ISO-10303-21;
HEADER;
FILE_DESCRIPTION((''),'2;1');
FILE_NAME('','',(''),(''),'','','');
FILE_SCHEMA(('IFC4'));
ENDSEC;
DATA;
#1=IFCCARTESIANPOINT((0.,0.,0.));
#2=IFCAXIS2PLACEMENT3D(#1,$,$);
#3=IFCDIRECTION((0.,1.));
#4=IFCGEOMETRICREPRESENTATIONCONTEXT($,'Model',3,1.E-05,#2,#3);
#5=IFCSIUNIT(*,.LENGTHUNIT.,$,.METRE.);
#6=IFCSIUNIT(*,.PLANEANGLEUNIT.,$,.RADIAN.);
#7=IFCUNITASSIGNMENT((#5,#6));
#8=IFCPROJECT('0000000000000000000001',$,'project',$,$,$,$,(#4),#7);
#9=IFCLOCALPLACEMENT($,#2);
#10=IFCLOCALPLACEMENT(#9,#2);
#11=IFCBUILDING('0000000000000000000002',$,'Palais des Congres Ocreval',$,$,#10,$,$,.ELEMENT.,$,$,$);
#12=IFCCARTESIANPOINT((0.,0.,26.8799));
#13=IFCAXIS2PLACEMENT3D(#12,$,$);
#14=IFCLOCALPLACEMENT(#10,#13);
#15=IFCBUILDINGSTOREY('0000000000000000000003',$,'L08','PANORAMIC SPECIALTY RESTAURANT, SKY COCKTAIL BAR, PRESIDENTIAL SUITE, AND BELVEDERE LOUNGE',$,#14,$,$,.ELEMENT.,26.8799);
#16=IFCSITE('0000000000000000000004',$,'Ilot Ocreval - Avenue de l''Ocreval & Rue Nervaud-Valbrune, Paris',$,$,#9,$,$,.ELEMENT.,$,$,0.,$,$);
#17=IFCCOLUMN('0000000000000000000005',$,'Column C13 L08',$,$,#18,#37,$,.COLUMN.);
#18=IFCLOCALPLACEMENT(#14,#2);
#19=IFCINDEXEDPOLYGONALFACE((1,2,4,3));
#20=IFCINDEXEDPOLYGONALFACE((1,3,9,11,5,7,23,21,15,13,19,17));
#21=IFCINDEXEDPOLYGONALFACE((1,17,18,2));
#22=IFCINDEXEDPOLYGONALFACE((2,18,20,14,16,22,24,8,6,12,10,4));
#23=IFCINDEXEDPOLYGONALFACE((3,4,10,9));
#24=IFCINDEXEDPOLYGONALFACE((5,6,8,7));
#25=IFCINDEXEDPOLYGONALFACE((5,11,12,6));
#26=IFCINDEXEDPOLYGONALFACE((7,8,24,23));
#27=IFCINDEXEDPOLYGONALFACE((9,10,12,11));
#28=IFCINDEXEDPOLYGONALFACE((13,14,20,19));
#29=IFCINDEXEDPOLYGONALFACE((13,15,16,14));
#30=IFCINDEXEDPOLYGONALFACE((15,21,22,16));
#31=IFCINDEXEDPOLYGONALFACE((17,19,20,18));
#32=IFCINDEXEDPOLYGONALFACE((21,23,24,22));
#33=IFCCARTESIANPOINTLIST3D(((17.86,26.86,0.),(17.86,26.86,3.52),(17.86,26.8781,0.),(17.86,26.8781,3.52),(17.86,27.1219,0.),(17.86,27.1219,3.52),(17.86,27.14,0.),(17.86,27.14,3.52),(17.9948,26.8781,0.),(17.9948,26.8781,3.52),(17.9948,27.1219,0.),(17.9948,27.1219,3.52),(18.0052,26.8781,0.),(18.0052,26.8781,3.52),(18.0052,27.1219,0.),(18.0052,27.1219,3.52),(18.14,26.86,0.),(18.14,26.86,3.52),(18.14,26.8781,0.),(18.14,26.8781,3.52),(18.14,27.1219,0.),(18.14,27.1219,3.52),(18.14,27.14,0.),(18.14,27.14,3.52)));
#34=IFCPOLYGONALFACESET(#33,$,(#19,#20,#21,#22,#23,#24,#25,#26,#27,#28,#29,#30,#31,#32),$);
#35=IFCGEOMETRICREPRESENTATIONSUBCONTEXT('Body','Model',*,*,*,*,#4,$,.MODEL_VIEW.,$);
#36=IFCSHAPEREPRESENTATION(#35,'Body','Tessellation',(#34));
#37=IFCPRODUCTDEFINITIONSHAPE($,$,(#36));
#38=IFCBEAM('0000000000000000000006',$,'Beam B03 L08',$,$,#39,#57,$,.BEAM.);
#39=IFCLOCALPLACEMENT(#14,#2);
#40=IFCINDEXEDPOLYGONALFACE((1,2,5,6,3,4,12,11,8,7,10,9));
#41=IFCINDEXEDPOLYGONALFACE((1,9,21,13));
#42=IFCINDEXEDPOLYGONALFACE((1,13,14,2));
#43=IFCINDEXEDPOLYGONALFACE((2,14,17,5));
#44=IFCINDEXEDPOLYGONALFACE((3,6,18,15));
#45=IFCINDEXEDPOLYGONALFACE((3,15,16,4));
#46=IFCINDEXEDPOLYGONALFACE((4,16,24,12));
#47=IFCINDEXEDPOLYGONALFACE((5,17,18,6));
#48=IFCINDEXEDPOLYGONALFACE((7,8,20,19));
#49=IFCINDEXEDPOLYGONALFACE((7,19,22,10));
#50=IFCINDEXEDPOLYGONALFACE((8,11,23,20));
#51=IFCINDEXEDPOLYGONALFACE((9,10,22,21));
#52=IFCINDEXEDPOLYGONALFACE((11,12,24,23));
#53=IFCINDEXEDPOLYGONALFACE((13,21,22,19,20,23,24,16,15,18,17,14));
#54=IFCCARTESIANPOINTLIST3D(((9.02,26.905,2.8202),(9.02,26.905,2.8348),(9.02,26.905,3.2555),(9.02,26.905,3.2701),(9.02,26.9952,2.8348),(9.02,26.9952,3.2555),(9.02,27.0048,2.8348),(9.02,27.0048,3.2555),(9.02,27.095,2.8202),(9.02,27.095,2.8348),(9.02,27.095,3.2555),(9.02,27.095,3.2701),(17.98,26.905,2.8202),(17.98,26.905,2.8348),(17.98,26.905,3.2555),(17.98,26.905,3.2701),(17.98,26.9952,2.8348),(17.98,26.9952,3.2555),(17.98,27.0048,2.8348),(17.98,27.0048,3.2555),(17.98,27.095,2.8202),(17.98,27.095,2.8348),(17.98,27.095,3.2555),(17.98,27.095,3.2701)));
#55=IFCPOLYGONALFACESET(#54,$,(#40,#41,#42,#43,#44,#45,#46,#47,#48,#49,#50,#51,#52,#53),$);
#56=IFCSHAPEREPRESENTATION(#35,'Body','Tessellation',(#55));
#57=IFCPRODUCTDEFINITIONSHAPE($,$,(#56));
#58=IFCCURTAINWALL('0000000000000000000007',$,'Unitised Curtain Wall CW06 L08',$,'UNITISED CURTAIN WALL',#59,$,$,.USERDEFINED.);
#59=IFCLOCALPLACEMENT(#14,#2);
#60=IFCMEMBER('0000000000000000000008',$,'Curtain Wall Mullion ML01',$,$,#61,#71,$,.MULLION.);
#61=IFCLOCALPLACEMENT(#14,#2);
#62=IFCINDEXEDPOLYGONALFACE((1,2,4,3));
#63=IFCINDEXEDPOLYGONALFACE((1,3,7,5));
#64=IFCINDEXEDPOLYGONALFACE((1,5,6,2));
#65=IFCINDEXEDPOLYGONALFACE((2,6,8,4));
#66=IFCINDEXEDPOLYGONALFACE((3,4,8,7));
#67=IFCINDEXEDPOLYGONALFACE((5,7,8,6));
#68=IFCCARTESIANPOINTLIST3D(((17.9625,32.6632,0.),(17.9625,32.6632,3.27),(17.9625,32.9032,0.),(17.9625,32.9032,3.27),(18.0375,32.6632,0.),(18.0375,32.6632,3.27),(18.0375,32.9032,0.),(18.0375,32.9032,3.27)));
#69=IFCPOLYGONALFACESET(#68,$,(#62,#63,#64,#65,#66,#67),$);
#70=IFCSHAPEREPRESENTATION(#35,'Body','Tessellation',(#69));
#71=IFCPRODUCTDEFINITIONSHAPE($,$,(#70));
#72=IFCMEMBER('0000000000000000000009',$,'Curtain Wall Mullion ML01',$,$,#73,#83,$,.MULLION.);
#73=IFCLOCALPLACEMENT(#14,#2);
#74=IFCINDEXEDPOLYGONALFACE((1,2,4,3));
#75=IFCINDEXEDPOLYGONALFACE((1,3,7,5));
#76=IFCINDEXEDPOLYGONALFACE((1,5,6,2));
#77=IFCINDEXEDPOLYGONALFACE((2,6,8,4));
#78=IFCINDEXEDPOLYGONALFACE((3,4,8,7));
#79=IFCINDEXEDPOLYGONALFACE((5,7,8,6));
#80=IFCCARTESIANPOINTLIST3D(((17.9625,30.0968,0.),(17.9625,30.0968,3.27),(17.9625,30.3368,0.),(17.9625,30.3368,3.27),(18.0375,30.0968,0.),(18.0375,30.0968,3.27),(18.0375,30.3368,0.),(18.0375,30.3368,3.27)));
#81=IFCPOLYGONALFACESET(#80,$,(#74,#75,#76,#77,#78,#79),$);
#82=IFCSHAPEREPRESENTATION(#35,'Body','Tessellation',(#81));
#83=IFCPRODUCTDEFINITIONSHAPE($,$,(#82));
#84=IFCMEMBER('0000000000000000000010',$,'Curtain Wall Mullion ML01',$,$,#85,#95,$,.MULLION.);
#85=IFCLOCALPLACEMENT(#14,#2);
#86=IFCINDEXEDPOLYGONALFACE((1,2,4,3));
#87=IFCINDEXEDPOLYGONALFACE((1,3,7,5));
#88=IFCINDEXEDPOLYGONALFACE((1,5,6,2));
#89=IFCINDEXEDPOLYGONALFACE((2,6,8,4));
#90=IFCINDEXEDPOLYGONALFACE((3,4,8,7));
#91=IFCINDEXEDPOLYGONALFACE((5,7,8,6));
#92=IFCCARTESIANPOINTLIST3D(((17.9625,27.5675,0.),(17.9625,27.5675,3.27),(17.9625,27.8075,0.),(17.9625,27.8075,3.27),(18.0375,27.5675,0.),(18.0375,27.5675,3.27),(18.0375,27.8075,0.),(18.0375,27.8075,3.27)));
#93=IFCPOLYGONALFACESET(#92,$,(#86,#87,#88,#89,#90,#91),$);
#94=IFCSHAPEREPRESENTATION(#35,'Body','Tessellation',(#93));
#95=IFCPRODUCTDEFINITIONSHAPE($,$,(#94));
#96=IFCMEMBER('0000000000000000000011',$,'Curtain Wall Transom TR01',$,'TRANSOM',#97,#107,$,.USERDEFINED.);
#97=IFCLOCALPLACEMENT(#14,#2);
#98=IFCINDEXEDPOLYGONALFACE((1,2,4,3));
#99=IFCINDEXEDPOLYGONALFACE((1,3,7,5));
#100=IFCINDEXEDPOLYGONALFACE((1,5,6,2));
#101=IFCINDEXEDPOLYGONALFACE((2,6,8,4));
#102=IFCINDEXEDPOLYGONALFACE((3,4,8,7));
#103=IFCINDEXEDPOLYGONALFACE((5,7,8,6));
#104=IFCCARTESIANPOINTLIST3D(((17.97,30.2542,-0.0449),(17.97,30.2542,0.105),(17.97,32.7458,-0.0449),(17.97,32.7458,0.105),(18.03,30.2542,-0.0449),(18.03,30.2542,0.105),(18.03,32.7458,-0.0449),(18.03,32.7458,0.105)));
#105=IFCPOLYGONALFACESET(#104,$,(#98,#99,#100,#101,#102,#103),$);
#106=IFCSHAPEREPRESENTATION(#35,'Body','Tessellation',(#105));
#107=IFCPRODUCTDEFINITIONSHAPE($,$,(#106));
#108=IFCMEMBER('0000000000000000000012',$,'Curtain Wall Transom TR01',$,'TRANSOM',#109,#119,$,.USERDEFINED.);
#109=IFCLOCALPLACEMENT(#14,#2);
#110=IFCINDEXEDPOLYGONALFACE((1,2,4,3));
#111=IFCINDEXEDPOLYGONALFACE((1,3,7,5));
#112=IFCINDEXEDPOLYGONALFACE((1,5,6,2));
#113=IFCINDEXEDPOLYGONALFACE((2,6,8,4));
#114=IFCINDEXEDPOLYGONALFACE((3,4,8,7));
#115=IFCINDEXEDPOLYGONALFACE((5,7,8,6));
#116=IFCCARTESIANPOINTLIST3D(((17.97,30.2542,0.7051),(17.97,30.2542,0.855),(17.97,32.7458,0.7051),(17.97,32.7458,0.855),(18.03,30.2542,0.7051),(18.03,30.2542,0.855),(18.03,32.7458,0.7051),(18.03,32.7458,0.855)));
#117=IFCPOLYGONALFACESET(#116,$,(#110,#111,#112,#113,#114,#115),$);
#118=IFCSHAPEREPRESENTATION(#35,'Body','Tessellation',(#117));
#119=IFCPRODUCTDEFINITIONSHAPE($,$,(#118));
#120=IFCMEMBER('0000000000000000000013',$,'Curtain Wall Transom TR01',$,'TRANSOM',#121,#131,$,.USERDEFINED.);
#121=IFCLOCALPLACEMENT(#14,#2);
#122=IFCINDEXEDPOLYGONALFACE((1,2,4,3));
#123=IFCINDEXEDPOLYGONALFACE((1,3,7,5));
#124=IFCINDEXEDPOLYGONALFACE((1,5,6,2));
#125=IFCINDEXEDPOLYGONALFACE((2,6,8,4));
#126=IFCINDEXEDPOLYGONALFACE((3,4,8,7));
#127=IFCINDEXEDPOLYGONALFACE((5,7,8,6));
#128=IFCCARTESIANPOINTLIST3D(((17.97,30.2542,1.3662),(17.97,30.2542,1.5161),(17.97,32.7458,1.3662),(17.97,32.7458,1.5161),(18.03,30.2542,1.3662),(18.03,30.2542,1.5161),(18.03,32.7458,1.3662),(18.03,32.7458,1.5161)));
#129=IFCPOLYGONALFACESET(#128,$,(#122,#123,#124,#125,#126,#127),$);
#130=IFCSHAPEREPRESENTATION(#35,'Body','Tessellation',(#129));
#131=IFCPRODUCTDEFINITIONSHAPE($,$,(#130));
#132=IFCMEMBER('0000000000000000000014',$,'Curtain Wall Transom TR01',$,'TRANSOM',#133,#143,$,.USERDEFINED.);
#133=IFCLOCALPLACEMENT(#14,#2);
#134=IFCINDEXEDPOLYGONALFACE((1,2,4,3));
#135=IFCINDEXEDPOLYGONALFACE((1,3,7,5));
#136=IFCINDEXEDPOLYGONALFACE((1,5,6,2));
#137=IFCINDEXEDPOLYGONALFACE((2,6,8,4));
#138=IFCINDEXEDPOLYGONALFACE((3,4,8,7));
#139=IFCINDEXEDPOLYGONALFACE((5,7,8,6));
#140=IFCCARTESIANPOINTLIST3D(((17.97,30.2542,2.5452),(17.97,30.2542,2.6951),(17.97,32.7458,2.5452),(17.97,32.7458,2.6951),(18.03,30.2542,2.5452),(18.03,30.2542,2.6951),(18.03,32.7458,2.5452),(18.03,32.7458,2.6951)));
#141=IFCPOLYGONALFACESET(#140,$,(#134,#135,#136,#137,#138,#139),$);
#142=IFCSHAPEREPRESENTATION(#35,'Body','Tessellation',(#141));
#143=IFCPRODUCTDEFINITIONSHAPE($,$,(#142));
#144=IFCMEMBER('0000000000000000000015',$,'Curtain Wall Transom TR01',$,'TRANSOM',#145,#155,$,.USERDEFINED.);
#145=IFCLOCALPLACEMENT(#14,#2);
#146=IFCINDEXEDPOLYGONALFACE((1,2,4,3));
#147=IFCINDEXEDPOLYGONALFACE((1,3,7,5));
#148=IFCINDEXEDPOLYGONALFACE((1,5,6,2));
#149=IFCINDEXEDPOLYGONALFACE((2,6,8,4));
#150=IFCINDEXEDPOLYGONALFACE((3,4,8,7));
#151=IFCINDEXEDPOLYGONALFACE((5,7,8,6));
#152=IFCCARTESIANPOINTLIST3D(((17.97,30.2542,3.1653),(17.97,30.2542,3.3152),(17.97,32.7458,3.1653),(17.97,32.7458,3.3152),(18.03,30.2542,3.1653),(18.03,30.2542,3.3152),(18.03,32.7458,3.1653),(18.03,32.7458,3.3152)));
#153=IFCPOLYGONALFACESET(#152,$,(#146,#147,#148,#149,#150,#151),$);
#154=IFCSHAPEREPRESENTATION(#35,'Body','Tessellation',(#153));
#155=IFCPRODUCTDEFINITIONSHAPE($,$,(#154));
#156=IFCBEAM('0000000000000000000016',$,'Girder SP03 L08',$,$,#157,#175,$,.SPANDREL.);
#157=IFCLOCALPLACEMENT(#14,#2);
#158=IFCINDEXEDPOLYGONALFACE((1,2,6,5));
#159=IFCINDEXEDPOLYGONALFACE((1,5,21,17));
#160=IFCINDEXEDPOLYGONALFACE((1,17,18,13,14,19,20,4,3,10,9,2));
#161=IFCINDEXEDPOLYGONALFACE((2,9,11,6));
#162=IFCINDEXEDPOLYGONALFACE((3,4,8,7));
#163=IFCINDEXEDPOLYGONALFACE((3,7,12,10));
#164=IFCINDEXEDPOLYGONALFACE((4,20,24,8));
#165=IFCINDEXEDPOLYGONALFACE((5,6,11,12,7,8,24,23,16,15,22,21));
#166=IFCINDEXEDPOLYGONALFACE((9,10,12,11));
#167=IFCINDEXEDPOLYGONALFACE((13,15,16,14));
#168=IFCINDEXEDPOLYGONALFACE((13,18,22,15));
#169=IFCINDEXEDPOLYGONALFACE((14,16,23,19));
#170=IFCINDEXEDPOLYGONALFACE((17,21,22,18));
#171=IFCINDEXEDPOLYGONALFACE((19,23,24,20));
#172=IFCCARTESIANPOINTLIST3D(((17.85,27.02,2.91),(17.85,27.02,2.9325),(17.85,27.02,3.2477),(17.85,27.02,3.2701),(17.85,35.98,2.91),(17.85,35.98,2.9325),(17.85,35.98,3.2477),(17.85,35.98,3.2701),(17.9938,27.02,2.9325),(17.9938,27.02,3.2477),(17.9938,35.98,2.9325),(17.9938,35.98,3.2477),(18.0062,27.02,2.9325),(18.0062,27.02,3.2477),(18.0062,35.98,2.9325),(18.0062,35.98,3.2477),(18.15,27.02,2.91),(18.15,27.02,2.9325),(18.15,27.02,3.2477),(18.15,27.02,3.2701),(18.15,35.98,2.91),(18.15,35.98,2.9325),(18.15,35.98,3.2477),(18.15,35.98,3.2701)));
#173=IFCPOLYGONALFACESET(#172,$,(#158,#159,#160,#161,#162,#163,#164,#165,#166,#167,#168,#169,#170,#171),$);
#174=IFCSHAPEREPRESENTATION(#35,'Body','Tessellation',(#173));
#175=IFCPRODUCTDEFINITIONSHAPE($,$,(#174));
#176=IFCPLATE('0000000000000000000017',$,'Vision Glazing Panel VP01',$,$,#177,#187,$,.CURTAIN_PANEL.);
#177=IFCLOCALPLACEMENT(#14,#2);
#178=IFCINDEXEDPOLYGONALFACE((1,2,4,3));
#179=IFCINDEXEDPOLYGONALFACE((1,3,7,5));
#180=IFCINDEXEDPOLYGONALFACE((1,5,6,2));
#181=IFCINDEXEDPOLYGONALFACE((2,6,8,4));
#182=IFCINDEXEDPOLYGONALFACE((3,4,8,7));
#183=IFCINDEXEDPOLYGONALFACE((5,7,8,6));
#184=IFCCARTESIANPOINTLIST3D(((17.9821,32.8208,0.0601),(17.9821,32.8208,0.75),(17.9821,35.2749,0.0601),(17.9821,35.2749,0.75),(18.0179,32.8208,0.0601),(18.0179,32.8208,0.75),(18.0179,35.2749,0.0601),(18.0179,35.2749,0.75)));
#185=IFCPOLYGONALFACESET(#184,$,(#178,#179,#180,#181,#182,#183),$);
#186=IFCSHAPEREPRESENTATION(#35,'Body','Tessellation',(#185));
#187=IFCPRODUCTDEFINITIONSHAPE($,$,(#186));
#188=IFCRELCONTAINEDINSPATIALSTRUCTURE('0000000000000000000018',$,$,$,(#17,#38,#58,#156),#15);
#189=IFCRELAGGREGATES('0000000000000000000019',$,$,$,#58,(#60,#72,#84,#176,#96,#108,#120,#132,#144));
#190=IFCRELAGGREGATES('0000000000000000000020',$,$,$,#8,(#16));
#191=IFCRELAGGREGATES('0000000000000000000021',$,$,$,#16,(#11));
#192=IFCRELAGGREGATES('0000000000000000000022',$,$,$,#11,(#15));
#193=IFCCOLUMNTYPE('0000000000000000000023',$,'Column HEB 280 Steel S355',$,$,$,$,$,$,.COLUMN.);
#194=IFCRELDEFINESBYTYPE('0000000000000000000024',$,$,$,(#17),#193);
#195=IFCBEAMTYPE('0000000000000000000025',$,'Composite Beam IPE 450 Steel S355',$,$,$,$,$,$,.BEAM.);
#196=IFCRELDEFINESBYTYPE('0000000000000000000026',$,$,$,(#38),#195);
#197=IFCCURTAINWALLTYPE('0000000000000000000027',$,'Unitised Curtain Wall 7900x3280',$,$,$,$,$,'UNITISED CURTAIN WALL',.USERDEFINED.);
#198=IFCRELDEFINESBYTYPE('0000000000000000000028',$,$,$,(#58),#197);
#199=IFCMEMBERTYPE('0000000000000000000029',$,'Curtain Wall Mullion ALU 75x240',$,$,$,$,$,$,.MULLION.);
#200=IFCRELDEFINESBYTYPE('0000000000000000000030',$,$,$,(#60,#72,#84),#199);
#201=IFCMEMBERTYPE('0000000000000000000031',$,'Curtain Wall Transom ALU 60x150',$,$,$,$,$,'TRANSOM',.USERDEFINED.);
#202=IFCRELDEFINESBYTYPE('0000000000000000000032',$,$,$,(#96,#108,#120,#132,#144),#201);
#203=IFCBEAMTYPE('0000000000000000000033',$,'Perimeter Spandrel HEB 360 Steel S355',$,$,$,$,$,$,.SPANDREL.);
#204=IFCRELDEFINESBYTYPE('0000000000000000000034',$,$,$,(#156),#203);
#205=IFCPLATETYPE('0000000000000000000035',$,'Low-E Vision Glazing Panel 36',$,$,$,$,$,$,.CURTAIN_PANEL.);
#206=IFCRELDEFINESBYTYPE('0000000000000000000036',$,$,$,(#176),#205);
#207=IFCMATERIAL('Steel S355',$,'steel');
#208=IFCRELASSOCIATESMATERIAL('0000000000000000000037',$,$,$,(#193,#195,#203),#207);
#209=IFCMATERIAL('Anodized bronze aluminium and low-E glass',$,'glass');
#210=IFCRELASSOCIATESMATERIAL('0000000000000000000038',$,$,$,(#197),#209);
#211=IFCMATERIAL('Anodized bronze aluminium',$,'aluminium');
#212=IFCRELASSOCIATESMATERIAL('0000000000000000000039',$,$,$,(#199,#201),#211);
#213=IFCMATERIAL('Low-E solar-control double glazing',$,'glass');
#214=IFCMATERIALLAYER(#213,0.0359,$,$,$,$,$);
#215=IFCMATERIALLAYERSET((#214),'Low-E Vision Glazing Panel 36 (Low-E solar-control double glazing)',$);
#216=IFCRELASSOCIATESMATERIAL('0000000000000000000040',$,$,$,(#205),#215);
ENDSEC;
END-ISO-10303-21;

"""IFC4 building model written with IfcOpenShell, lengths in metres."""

from ifc_helpers import new_model, si_unit, direction, frame, origin, origin_2d, place, context, subcontext, project, spatial, rectangle, i_section, extrude, material, layer, layer_set, material_profile, profile_set, type_object, element, aggregate, save


model = new_model("IFC4")

# Units and contexts
model_context = context("Model", 3, precision=1e-05, world=origin(), true_north=direction((0.0, 1.0)))
body_context = subcontext(model_context, "Body", "Model", "MODEL_VIEW")
ifc_project = project(units=[si_unit("LENGTHUNIT", "METRE"), si_unit("PLANEANGLEUNIT", "RADIAN")], contexts=[model_context])

# Site, building, storey
site_placement = place(None, origin())
site = spatial("IfcSite", under=ifc_project, at=site_placement, Name="Ilot Ocreval - Avenue de l'Ocreval & Rue Nervaud-Valbrune, Paris", CompositionType="ELEMENT", RefElevation=0.0)
building_placement = place(site_placement, origin())
building = spatial("IfcBuilding", under=site, at=building_placement, Name="Palais des Congres Ocreval", CompositionType="ELEMENT")
storey_placement = place(building_placement, frame((0.0, 0.0, 26.8799)))
storey = spatial("IfcBuildingStorey", under=building, at=storey_placement, Name="L08", Description="PANORAMIC SPECIALTY RESTAURANT, SKY COCKTAIL BAR, PRESIDENTIAL SUITE, AND BELVEDERE LOUNGE", CompositionType="ELEMENT", Elevation=26.8799)

# Column
ifc_material_1 = material(Name="Steel S355", Category="steel")
ifc_material_profile_1 = material_profile(ifc_material_1, i_section(OverallWidth=0.28, OverallDepth=0.28, WebThickness=0.0105, FlangeThickness=0.0181, at=origin_2d()), Name="HEB 280")
ifc_profile_set_1 = profile_set([ifc_material_profile_1], Name="Steel S355")
column_type = type_object("IfcColumnType", Name="Column HEB 280 Steel S355", PredefinedType="COLUMN", material=ifc_profile_set_1)
column_placement = place(storey_placement, frame((18.0, 27.0, 0.0), z_axis=(0.0, 0.0, 1.0), x_axis=(1.0, 0.0, 0.0)))
element("IfcColumn", 1, at=column_placement, inside=storey, type_object=column_type, Name="Column C13 L08", PredefinedType="COLUMN", context=body_context, shape_type="SweptSolid", body=[
    extrude(i_section(OverallWidth=0.28, OverallDepth=0.28, WebThickness=0.0105, FlangeThickness=0.0181, at=origin_2d()), origin(), (0.0, 0.0, 1.0), 3.52),
])

# Beam
ifc_material_profile_2 = material_profile(ifc_material_1, i_section(OverallWidth=0.1899, OverallDepth=0.45, WebThickness=0.0095, FlangeThickness=0.0146, at=origin_2d()), Name="IPE 450")
ifc_profile_set_2 = profile_set([ifc_material_profile_2], Name="Steel S355")
beam_type_1 = type_object("IfcBeamType", Name="Composite Beam IPE 450 Steel S355", PredefinedType="BEAM", material=ifc_profile_set_2)
beam_1_placement = place(storey_placement, frame((9.02, 27.0, 3.0452), z_axis=(1.0, 0.0, 0.0), x_axis=(0.0, 1.0, 0.0)))
element("IfcBeam", 2, at=beam_1_placement, inside=storey, type_object=beam_type_1, Name="Beam B03 L08", PredefinedType="BEAM", context=body_context, shape_type="SweptSolid", body=[
    extrude(i_section(OverallWidth=0.1899, OverallDepth=0.45, WebThickness=0.0095, FlangeThickness=0.0146, at=origin_2d()), origin(), (0.0, 0.0, 1.0), 8.96),
])

# Curtain wall, members
ifc_material_2 = material(Name="Anodized bronze aluminium and low-E glass", Category="glass")
curtain_wall_type = type_object("IfcCurtainWallType", Name="Unitised Curtain Wall 7900x3280", ElementType="UNITISED CURTAIN WALL", PredefinedType="USERDEFINED", material=ifc_material_2)
curtain_wall_placement = place(storey_placement, origin())
curtain_wall = element("IfcCurtainWall", 3, at=curtain_wall_placement, inside=storey, type_object=curtain_wall_type, Name="Unitised Curtain Wall CW06 L08", ObjectType="UNITISED CURTAIN WALL", PredefinedType="USERDEFINED")
ifc_material_3 = material(Name="Anodized bronze aluminium", Category="aluminium")
ifc_material_profile_3 = material_profile(ifc_material_3, rectangle(XDim=0.075, YDim=0.24, at=origin_2d()), Name="ALU 75x240")
ifc_profile_set_3 = profile_set([ifc_material_profile_3], Name="Anodized bronze aluminium")
member_type_1 = type_object("IfcMemberType", Name="Curtain Wall Mullion ALU 75x240", PredefinedType="MULLION", material=ifc_profile_set_3)
member_1_placement = place(storey_placement, frame((18.0, 32.7832, 0.0), z_axis=(0.0, 0.0, 1.0), x_axis=(1.0, 0.0, 0.0)))
member_1 = element("IfcMember", 4, at=member_1_placement, type_object=member_type_1, Name="Curtain Wall Mullion ML01", PredefinedType="MULLION", context=body_context, shape_type="SweptSolid", body=[
    extrude(rectangle(XDim=0.075, YDim=0.24, at=origin_2d()), origin(), (0.0, 0.0, 1.0), 3.27),
])
member_2_placement = place(storey_placement, frame((18.0, 30.2168, 0.0), z_axis=(0.0, 0.0, 1.0), x_axis=(1.0, 0.0, 0.0)))
member_2 = element("IfcMember", 5, at=member_2_placement, type_object=member_type_1, Name="Curtain Wall Mullion ML01", PredefinedType="MULLION", context=body_context, shape_type="SweptSolid", body=[
    extrude(rectangle(XDim=0.075, YDim=0.24, at=origin_2d()), origin(), (0.0, 0.0, 1.0), 3.27),
])
member_3_placement = place(storey_placement, frame((18.0, 27.6875, 0.0), z_axis=(0.0, 0.0, 1.0), x_axis=(1.0, 0.0, 0.0)))
member_3 = element("IfcMember", 6, at=member_3_placement, type_object=member_type_1, Name="Curtain Wall Mullion ML01", PredefinedType="MULLION", context=body_context, shape_type="SweptSolid", body=[
    extrude(rectangle(XDim=0.075, YDim=0.24, at=origin_2d()), origin(), (0.0, 0.0, 1.0), 3.27),
])
ifc_material_profile_4 = material_profile(ifc_material_3, rectangle(XDim=0.0601, YDim=0.1499, at=origin_2d()), Name="ALU 60x150")
ifc_profile_set_4 = profile_set([ifc_material_profile_4], Name="Anodized bronze aluminium")
member_type_2 = type_object("IfcMemberType", Name="Curtain Wall Transom ALU 60x150", ElementType="TRANSOM", PredefinedType="USERDEFINED", material=ifc_profile_set_4)
member_4_placement = place(storey_placement, frame((18.0, 32.7458, 0.03), z_axis=(0.0, -1.0, 0.0), x_axis=(1.0, 0.0, 0.0)))
member_4 = element("IfcMember", 7, at=member_4_placement, type_object=member_type_2, Name="Curtain Wall Transom TR01", ObjectType="TRANSOM", PredefinedType="USERDEFINED", context=body_context, shape_type="SweptSolid", body=[
    extrude(rectangle(XDim=0.0601, YDim=0.1499, at=origin_2d()), origin(), (0.0, 0.0, 1.0), 2.4917),
])
member_5_placement = place(storey_placement, frame((18.0, 32.7458, 0.78), z_axis=(0.0, -1.0, 0.0), x_axis=(1.0, 0.0, 0.0)))
member_5 = element("IfcMember", 8, at=member_5_placement, type_object=member_type_2, Name="Curtain Wall Transom TR01", ObjectType="TRANSOM", PredefinedType="USERDEFINED", context=body_context, shape_type="SweptSolid", body=[
    extrude(rectangle(XDim=0.0601, YDim=0.1499, at=origin_2d()), origin(), (0.0, 0.0, 1.0), 2.4917),
])
member_6_placement = place(storey_placement, frame((18.0, 32.7458, 1.4412), z_axis=(0.0, -1.0, 0.0), x_axis=(1.0, 0.0, 0.0)))
member_6 = element("IfcMember", 9, at=member_6_placement, type_object=member_type_2, Name="Curtain Wall Transom TR01", ObjectType="TRANSOM", PredefinedType="USERDEFINED", context=body_context, shape_type="SweptSolid", body=[
    extrude(rectangle(XDim=0.0601, YDim=0.1499, at=origin_2d()), origin(), (0.0, 0.0, 1.0), 2.4917),
])
member_7_placement = place(storey_placement, frame((18.0, 32.7458, 2.6201), z_axis=(0.0, -1.0, 0.0), x_axis=(1.0, 0.0, 0.0)))
member_7 = element("IfcMember", 10, at=member_7_placement, type_object=member_type_2, Name="Curtain Wall Transom TR01", ObjectType="TRANSOM", PredefinedType="USERDEFINED", context=body_context, shape_type="SweptSolid", body=[
    extrude(rectangle(XDim=0.0601, YDim=0.1499, at=origin_2d()), origin(), (0.0, 0.0, 1.0), 2.4917),
])
member_8_placement = place(storey_placement, frame((18.0, 32.7458, 3.2402), z_axis=(0.0, -1.0, 0.0), x_axis=(1.0, 0.0, 0.0)))
member_8 = element("IfcMember", 11, at=member_8_placement, type_object=member_type_2, Name="Curtain Wall Transom TR01", ObjectType="TRANSOM", PredefinedType="USERDEFINED", context=body_context, shape_type="SweptSolid", body=[
    extrude(rectangle(XDim=0.0601, YDim=0.1499, at=origin_2d()), origin(), (0.0, 0.0, 1.0), 2.4917),
])

# Beam
ifc_material_profile_5 = material_profile(ifc_material_1, i_section(OverallWidth=0.3, OverallDepth=0.3601, WebThickness=0.0125, FlangeThickness=0.0225, at=origin_2d()), Name="HEB 360")
ifc_profile_set_5 = profile_set([ifc_material_profile_5], Name="Steel S355")
beam_type_2 = type_object("IfcBeamType", Name="Perimeter Spandrel HEB 360 Steel S355", PredefinedType="SPANDREL", material=ifc_profile_set_5)
beam_2_placement = place(storey_placement, frame((18.0, 27.02, 3.0901), z_axis=(0.0, 1.0, 0.0), x_axis=(-1.0, 0.0, 0.0)))
element("IfcBeam", 12, at=beam_2_placement, inside=storey, type_object=beam_type_2, Name="Girder SP03 L08", PredefinedType="SPANDREL", context=body_context, shape_type="SweptSolid", body=[
    extrude(i_section(OverallWidth=0.3, OverallDepth=0.3601, WebThickness=0.0125, FlangeThickness=0.0225, at=origin_2d()), origin(), (0.0, 0.0, 1.0), 8.96),
])

# Plate
ifc_material_4 = material(Name="Low-E solar-control double glazing", Category="glass")
ifc_layer_1 = layer(ifc_material_4, 0.0359)
ifc_layer_set_1 = layer_set([ifc_layer_1], Name="Low-E Vision Glazing Panel 36 (Low-E solar-control double glazing)")
plate_type = type_object("IfcPlateType", Name="Low-E Vision Glazing Panel 36", PredefinedType="CURTAIN_PANEL", material=ifc_layer_set_1)
plate_1_placement = place(storey_placement, frame((18.0, 34.0479, 0.0601), z_axis=(0.0, 0.0, 1.0), x_axis=(0.0, -1.0, 0.0)))
plate_1 = element("IfcPlate", 13, at=plate_1_placement, type_object=plate_type, Name="Vision Glazing Panel VP01", PredefinedType="CURTAIN_PANEL", context=body_context, shape_type="SweptSolid", body=[
    extrude(rectangle(XDim=2.4541, YDim=0.0359, at=origin_2d()), origin(), (0.0, 0.0, 1.0), 0.6899),
])
aggregate(curtain_wall, [member_1, member_2, member_3, plate_1, member_4, member_5, member_6, member_7, member_8])

save(model, "model.ifc")
